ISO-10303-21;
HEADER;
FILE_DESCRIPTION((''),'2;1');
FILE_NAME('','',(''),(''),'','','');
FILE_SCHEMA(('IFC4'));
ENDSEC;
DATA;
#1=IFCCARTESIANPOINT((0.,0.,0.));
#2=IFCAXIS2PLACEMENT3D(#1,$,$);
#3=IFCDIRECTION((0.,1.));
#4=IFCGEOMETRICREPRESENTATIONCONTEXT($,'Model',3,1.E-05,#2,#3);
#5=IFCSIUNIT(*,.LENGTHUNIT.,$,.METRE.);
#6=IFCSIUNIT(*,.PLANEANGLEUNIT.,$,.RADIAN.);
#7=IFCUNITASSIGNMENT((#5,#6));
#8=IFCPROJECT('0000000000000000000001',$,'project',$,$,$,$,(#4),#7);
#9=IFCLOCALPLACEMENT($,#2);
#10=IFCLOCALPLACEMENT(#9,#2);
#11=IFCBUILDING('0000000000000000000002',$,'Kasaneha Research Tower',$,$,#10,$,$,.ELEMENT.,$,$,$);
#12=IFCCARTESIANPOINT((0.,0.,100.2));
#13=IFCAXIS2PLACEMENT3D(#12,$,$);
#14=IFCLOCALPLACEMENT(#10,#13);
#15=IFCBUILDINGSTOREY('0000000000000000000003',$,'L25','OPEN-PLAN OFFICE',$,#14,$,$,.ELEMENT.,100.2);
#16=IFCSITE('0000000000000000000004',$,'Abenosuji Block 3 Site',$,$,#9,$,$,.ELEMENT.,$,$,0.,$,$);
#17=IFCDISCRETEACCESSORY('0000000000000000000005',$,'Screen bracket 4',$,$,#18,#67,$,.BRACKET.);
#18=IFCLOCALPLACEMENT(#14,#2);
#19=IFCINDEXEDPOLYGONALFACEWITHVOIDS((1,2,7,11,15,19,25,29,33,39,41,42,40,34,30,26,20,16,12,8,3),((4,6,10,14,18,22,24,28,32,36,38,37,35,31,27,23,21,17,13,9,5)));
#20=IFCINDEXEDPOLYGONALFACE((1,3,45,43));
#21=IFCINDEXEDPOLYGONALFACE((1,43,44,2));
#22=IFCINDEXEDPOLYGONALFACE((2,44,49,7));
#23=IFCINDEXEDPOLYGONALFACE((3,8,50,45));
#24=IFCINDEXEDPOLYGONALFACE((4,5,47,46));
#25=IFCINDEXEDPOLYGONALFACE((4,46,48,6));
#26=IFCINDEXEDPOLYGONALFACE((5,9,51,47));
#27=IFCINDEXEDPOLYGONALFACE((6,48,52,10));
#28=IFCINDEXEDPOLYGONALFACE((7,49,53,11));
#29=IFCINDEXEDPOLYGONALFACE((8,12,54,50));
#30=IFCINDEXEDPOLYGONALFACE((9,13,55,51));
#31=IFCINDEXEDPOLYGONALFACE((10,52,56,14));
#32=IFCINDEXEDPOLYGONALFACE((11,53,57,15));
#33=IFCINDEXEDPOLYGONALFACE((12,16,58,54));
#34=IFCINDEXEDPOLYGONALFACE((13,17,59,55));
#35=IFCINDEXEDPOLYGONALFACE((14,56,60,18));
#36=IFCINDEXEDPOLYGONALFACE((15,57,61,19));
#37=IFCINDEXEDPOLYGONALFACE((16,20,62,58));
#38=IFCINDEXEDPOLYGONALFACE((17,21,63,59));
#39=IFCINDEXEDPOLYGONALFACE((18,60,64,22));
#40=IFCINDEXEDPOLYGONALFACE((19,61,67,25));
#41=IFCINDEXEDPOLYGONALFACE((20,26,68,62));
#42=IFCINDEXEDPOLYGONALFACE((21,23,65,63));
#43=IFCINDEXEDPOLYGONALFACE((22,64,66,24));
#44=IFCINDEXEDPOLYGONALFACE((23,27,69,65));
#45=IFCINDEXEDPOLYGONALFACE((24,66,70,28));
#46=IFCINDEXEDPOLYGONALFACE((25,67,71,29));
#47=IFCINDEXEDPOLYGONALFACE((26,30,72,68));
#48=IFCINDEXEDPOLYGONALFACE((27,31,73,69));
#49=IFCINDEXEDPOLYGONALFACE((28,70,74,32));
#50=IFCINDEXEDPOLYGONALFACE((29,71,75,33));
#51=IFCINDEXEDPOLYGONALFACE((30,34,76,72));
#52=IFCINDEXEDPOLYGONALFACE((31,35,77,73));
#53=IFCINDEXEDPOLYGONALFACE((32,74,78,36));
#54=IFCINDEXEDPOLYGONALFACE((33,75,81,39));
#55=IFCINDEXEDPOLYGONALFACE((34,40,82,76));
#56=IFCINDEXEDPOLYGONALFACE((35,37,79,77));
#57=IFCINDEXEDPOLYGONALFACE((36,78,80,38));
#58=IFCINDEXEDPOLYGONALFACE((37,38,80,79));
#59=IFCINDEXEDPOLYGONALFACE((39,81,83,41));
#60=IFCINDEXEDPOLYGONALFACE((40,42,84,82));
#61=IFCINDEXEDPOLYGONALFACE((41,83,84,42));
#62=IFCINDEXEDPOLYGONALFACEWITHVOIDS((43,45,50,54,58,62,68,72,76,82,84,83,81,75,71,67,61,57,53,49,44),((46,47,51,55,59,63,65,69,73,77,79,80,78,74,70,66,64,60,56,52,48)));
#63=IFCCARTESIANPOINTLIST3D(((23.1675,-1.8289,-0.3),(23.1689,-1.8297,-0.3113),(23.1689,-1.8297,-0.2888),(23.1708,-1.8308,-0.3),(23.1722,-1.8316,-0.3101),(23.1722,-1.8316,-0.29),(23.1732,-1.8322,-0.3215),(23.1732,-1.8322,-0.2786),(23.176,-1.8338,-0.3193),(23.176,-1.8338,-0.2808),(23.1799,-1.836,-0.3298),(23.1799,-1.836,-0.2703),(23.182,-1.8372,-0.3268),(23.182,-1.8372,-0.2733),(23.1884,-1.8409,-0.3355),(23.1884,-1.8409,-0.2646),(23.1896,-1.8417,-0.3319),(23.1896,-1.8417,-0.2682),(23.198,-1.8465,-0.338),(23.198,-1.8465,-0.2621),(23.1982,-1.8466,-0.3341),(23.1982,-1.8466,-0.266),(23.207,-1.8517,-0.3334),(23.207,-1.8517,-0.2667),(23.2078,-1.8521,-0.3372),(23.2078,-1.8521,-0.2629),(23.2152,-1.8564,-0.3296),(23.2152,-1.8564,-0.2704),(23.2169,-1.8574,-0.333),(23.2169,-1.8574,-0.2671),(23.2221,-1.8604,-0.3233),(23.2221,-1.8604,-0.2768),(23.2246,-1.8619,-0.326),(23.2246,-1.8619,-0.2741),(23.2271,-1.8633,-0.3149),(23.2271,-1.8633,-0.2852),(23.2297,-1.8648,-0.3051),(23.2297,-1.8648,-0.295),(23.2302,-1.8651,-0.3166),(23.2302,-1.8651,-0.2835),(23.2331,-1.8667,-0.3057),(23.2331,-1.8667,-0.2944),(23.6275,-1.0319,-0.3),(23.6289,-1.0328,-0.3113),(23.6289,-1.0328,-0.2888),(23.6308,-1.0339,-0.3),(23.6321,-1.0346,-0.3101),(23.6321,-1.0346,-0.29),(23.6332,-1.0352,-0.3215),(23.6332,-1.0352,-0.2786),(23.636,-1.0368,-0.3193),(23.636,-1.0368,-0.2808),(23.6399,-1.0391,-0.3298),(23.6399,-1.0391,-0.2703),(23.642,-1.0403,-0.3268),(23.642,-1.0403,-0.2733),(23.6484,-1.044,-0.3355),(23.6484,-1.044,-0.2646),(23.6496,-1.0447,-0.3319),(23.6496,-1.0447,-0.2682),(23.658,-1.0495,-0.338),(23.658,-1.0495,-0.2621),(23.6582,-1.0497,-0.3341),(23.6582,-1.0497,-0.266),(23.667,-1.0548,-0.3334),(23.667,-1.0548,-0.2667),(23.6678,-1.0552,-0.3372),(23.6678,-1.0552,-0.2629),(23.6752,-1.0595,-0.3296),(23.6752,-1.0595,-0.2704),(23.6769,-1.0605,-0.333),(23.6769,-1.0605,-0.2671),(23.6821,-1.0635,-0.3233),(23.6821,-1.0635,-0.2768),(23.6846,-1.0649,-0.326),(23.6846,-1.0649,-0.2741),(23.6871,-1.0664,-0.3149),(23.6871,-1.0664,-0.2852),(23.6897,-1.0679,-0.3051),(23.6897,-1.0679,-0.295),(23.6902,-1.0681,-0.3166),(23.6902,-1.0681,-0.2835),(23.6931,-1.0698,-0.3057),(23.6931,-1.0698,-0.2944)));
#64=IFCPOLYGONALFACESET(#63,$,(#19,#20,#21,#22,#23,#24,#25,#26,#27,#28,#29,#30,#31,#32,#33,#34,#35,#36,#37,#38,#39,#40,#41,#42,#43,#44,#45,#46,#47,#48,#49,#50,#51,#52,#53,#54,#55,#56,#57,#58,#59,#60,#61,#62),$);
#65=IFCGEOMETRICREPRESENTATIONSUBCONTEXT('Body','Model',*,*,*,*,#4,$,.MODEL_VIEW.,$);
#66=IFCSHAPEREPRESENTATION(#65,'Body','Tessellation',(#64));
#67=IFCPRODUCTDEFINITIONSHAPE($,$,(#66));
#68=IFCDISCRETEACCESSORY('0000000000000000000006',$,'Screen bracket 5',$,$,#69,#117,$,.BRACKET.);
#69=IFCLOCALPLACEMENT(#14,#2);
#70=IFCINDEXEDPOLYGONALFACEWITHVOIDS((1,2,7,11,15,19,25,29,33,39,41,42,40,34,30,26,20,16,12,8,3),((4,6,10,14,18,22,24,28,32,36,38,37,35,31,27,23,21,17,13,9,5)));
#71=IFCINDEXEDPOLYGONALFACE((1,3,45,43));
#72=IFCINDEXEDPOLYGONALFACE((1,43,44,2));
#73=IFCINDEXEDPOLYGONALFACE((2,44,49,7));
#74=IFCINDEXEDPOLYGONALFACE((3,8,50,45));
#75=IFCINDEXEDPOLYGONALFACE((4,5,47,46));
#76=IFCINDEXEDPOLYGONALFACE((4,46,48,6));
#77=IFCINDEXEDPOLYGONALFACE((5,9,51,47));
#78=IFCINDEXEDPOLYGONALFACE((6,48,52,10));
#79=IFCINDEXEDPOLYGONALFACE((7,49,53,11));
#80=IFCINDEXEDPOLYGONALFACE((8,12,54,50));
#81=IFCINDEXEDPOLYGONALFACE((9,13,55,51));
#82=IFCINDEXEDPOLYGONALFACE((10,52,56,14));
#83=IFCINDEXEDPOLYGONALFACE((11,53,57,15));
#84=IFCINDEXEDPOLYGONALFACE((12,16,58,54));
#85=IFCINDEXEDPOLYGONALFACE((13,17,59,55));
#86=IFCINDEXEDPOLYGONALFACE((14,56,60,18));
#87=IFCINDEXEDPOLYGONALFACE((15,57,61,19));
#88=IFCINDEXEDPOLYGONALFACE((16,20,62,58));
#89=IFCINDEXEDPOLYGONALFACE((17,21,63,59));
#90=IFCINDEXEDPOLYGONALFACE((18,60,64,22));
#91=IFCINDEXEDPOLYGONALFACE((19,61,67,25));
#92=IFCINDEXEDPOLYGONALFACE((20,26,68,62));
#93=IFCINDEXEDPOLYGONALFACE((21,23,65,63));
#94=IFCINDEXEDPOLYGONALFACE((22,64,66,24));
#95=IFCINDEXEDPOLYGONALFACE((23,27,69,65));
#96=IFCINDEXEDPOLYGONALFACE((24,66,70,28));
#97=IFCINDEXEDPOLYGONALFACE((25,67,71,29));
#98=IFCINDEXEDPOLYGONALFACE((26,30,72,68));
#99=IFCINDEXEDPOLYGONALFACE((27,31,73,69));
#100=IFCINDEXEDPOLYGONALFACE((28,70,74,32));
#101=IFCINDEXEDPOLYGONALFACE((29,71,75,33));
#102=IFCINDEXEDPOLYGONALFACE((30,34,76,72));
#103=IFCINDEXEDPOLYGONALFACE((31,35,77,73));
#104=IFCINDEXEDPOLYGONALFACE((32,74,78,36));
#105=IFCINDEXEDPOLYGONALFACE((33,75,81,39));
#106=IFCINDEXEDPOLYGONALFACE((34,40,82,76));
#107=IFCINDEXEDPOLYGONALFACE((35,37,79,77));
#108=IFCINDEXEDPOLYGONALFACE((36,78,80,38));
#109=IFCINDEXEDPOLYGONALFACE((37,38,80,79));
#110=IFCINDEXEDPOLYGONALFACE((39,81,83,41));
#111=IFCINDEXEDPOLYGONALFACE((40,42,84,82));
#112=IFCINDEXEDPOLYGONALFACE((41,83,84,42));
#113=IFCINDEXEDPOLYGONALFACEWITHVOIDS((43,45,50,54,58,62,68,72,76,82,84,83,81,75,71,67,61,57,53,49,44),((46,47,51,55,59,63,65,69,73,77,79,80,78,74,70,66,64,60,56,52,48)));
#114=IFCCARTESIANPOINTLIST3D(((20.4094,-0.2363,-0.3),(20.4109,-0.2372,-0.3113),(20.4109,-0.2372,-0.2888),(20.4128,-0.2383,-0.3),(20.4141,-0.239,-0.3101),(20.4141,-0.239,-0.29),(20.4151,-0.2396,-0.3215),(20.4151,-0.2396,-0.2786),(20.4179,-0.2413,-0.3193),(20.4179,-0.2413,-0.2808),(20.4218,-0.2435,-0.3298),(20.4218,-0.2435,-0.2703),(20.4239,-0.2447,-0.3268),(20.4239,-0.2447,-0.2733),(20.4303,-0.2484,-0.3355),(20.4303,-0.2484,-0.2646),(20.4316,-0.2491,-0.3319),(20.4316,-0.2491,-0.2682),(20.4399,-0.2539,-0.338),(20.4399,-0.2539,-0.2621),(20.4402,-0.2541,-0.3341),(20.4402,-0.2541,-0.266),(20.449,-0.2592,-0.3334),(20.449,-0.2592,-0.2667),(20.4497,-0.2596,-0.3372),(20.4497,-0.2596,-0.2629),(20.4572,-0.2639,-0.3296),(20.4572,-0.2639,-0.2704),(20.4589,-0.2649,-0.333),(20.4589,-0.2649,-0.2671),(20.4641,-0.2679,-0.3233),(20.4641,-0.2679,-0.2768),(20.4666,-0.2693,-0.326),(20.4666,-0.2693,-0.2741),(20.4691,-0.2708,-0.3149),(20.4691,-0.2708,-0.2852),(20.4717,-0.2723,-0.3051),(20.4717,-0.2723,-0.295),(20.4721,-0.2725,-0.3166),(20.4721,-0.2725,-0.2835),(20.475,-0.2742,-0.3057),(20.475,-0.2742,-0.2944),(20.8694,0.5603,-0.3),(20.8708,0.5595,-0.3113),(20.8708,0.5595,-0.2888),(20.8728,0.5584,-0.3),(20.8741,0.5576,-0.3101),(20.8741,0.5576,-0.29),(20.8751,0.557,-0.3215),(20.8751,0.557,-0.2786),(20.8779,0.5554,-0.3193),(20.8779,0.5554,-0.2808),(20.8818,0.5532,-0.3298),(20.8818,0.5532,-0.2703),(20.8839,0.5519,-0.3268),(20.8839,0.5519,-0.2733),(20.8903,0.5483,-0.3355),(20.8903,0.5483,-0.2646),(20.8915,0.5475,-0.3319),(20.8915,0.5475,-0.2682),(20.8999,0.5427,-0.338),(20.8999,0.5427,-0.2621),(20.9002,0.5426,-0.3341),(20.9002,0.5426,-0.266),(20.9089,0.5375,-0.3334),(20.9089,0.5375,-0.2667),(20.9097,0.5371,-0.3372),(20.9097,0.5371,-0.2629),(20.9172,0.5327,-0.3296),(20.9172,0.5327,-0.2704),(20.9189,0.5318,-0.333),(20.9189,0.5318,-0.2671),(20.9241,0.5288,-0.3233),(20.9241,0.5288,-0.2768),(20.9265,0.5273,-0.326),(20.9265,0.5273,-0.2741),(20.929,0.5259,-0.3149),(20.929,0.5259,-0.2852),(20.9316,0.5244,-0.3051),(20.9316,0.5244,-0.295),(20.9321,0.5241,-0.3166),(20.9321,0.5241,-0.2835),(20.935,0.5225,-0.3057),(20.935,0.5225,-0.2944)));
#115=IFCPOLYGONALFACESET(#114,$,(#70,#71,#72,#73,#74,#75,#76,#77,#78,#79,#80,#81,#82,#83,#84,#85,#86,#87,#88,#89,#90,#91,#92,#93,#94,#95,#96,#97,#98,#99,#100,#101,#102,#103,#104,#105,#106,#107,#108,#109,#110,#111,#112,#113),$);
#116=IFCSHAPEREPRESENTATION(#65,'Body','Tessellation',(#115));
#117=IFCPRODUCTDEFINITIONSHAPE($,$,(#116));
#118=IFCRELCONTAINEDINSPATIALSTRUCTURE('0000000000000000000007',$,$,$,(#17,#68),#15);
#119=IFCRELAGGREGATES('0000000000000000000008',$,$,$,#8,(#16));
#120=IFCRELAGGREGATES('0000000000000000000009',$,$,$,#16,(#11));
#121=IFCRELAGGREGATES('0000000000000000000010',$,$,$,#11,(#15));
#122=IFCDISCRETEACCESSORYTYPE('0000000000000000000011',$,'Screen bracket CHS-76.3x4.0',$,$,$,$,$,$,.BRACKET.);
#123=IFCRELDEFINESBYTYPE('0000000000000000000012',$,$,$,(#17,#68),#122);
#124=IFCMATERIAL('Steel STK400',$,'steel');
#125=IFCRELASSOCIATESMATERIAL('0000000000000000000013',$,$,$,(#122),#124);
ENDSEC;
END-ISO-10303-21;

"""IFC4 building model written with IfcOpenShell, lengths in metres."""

from ifc_helpers import new_model, si_unit, direction, frame, origin, origin_2d, place, context, subcontext, project, spatial, hollow_circle, extrude, material, material_profile, profile_set, type_object, element, save


model = new_model("IFC4")

# Units and contexts
model_context = context("Model", 3, precision=1e-05, world=origin(), true_north=direction((0.0, 1.0)))
body_context = subcontext(model_context, "Body", "Model", "MODEL_VIEW")
ifc_project = project(units=[si_unit("LENGTHUNIT", "METRE"), si_unit("PLANEANGLEUNIT", "RADIAN")], contexts=[model_context])

# Site, building, storey
site_placement = place(None, origin())
site = spatial("IfcSite", under=ifc_project, at=site_placement, Name="Abenosuji Block 3 Site", CompositionType="ELEMENT", RefElevation=0.0)
building_placement = place(site_placement, origin())
building = spatial("IfcBuilding", under=site, at=building_placement, Name="Kasaneha Research Tower", CompositionType="ELEMENT")
storey_placement = place(building_placement, frame((0.0, 0.0, 100.2)))
storey = spatial("IfcBuildingStorey", under=building, at=storey_placement, Name="L25", Description="OPEN-PLAN OFFICE", CompositionType="ELEMENT", Elevation=100.2)

# Discrete accessories
ifc_material_1 = material(Name="Steel STK400", Category="steel")
ifc_material_profile_1 = material_profile(ifc_material_1, hollow_circle(Radius=0.0381, WallThickness=0.0039, at=origin_2d()), Name="CHS-76.3x4.0")
ifc_profile_set_1 = profile_set([ifc_material_profile_1], Name="Steel STK400")
discrete_accessory_type = type_object("IfcDiscreteAccessoryType", Name="Screen bracket CHS-76.3x4.0", PredefinedType="BRACKET", material=ifc_profile_set_1)
discrete_accessory_1_placement = place(storey_placement, frame((23.2004, -1.8479, -0.3), z_axis=(0.499906, 0.86608, 0.0), x_axis=(-0.86608, 0.499906, 0.0)))
element("IfcDiscreteAccessory", 1, at=discrete_accessory_1_placement, inside=storey, type_object=discrete_accessory_type, Name="Screen bracket 4", PredefinedType="BRACKET", context=body_context, shape_type="SweptSolid", body=[
    extrude(hollow_circle(Radius=0.0381, WallThickness=0.0039, at=origin_2d()), origin(), (0.0, 0.0, 1.0), 0.9202),
])
discrete_accessory_2_placement = place(storey_placement, frame((20.4424, -0.2554, -0.3), z_axis=(0.500021, 0.866013, 0.0), x_axis=(-0.866013, 0.500021, 0.0)))
element("IfcDiscreteAccessory", 2, at=discrete_accessory_2_placement, inside=storey, type_object=discrete_accessory_type, Name="Screen bracket 5", PredefinedType="BRACKET", context=body_context, shape_type="SweptSolid", body=[
    extrude(hollow_circle(Radius=0.0381, WallThickness=0.0039, at=origin_2d()), origin(), (0.0, 0.0, 1.0), 0.9199),
])

save(model, "model.ifc")
